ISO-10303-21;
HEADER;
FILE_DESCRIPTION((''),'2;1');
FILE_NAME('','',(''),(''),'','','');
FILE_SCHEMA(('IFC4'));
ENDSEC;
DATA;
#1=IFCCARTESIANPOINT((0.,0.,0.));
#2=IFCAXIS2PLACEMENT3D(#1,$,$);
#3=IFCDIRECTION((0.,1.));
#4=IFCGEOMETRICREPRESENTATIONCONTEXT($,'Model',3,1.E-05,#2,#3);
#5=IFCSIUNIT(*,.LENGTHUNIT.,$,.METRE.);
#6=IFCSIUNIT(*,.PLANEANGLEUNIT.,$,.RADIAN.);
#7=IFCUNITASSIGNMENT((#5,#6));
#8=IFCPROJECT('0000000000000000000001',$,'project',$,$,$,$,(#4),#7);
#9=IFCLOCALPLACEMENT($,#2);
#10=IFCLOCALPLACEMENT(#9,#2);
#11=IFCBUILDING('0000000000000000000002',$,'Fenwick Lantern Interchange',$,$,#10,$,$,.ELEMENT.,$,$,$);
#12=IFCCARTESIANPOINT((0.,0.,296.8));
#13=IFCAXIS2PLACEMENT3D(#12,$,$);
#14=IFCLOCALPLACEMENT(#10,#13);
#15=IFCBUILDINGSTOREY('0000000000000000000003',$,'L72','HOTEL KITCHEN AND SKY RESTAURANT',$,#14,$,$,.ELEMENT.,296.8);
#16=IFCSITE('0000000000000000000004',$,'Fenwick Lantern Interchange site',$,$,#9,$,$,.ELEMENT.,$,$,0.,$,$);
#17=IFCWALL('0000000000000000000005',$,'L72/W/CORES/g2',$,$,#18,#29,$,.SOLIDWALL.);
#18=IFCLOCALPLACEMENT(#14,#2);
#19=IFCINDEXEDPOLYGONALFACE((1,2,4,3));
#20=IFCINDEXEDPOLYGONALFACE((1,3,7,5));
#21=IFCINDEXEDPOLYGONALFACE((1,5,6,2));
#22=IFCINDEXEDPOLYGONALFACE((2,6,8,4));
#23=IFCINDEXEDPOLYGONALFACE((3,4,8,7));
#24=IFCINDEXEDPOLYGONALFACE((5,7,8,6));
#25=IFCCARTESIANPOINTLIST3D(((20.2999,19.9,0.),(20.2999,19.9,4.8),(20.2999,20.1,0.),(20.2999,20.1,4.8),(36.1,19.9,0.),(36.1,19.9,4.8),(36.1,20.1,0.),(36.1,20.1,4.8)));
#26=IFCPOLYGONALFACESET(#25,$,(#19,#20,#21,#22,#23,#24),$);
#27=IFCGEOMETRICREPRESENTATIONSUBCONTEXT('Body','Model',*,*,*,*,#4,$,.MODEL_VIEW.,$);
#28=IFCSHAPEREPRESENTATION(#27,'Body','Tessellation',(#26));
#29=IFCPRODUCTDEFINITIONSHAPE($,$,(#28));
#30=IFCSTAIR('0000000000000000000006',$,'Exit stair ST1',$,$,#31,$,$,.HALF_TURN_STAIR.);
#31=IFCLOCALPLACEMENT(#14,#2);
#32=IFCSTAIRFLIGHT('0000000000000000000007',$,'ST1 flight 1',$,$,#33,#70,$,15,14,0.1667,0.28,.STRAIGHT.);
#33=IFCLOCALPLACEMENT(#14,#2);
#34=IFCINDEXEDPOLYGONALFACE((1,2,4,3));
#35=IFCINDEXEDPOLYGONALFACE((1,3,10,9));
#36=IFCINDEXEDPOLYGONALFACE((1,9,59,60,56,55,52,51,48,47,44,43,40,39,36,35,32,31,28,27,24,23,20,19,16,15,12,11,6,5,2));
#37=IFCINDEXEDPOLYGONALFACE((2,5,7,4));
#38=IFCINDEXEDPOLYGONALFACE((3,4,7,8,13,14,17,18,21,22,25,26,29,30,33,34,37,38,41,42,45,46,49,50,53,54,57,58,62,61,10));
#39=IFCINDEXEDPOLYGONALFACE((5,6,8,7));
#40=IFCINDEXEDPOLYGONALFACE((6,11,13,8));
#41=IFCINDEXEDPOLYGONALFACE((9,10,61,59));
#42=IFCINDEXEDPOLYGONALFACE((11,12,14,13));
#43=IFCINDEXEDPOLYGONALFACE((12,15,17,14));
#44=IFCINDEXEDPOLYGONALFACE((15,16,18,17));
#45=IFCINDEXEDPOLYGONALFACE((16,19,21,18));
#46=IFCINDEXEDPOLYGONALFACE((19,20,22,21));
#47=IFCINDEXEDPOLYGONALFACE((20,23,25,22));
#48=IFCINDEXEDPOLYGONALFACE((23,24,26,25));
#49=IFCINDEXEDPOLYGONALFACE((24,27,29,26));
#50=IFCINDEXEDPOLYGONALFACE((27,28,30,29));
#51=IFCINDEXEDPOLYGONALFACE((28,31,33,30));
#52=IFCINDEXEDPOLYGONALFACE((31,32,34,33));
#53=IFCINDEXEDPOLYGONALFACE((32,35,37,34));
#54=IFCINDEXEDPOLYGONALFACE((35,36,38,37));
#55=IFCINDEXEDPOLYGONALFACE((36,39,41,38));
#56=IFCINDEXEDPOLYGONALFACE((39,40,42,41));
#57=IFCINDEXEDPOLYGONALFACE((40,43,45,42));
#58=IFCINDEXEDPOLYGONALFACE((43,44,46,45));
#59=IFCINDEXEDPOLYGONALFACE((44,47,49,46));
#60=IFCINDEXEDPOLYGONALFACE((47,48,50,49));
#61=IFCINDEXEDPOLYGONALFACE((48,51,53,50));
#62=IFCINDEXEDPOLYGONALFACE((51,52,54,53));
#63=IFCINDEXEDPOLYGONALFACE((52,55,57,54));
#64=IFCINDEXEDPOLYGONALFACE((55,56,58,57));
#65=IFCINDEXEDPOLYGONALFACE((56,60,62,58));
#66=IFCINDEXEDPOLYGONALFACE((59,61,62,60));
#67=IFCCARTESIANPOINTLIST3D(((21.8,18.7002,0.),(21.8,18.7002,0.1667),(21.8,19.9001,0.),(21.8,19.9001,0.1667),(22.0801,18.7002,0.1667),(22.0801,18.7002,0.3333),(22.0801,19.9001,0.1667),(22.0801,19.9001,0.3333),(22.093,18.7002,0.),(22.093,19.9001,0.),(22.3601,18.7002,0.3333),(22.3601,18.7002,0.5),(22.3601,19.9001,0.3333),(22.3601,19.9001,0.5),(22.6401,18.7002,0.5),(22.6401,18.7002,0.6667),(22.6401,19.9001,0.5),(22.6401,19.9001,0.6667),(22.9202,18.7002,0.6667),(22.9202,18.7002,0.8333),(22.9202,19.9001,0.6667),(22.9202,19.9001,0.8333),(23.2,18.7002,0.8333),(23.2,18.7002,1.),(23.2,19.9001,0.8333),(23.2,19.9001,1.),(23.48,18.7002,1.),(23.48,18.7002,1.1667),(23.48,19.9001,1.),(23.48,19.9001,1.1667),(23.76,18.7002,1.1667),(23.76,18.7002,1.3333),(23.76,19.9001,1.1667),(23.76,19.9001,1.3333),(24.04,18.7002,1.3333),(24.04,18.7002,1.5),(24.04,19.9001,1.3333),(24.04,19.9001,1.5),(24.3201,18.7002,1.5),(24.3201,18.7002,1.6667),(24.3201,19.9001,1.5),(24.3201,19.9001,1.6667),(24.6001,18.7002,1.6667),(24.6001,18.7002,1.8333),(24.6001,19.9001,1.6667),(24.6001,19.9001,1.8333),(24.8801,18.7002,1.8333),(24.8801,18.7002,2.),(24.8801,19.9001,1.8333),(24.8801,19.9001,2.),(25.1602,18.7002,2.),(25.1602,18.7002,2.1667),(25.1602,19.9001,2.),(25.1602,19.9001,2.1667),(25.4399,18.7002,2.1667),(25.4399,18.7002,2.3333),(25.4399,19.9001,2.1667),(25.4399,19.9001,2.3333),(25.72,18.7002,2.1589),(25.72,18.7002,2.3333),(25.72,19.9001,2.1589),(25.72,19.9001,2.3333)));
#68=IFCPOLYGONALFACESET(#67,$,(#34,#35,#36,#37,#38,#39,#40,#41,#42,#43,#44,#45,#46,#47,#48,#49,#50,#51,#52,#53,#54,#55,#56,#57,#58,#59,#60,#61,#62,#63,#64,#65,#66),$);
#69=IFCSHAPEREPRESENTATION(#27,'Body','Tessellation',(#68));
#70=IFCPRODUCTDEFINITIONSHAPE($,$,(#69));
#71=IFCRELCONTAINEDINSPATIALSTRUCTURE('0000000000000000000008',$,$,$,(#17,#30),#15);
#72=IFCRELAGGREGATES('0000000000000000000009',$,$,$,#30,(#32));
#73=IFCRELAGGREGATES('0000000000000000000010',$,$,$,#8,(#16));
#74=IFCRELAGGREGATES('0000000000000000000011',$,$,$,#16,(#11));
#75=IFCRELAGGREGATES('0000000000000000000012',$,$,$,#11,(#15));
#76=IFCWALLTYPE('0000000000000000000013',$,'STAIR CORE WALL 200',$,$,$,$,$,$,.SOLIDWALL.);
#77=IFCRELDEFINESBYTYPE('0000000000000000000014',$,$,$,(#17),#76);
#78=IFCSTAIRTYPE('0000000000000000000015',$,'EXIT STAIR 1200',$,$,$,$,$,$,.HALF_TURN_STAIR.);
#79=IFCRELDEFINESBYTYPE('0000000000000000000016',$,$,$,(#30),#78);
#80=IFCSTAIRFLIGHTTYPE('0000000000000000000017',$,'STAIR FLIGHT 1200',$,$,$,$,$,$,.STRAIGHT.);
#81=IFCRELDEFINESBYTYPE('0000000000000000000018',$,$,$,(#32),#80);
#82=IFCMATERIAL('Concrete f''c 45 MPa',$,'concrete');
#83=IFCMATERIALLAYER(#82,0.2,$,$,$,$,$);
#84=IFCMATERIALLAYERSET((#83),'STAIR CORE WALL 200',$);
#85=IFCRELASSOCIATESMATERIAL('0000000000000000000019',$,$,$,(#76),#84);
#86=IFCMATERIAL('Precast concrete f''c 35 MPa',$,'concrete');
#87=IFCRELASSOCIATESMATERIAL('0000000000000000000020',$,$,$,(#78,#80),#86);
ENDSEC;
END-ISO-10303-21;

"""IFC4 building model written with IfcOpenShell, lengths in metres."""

from ifc_helpers import new_model, si_unit, direction, frame, frame_2d, origin, place, context, subcontext, project, spatial, polyline, rectangle, outline, extrude, material, layer, layer_set, type_object, element, aggregate, save


model = new_model("IFC4")

# Units and contexts
model_context = context("Model", 3, precision=1e-05, world=origin(), true_north=direction((0.0, 1.0)))
body_context = subcontext(model_context, "Body", "Model", "MODEL_VIEW")
ifc_project = project(units=[si_unit("LENGTHUNIT", "METRE"), si_unit("PLANEANGLEUNIT", "RADIAN")], contexts=[model_context])

# Site, building, storey
site_placement = place(None, origin())
site = spatial("IfcSite", under=ifc_project, at=site_placement, Name="Fenwick Lantern Interchange site", CompositionType="ELEMENT", RefElevation=0.0)
building_placement = place(site_placement, origin())
building = spatial("IfcBuilding", under=site, at=building_placement, Name="Fenwick Lantern Interchange", CompositionType="ELEMENT")
storey_placement = place(building_placement, frame((0.0, 0.0, 296.8)))
storey = spatial("IfcBuildingStorey", under=building, at=storey_placement, Name="L72", Description="HOTEL KITCHEN AND SKY RESTAURANT", CompositionType="ELEMENT", Elevation=296.8)

# Wall
ifc_material_1 = material(Name="Concrete f'c 45 MPa", Category="concrete")
ifc_layer_1 = layer(ifc_material_1, 0.2)
ifc_layer_set_1 = layer_set([ifc_layer_1], Name="STAIR CORE WALL 200")
wall_type_1 = type_object("IfcWallType", Name="STAIR CORE WALL 200", PredefinedType="SOLIDWALL", material=ifc_layer_set_1)
wall_1_placement = place(storey_placement, frame((20.3, 20.0, 0.0), z_axis=(0.0, 0.0, 1.0), x_axis=(1.0, 0.0, 0.0)))
element("IfcWall", 1, at=wall_1_placement, inside=storey, type_object=wall_type_1, Name="L72/W/CORES/g2", PredefinedType="SOLIDWALL", context=body_context, shape_type="SweptSolid", body=[
    extrude(rectangle(XDim=15.8, YDim=0.2, at=frame_2d((7.8999, 0.0))), origin(), (0.0, 0.0, 1.0), 4.8),
])

# Stair, stair flight
ifc_material_2 = material(Name="Precast concrete f'c 35 MPa", Category="concrete")
stair_type = type_object("IfcStairType", Name="EXIT STAIR 1200", PredefinedType="HALF_TURN_STAIR", material=ifc_material_2)
stair_placement = place(storey_placement, origin())
stair = element("IfcStair", 2, at=stair_placement, inside=storey, type_object=stair_type, Name="Exit stair ST1", PredefinedType="HALF_TURN_STAIR")
stair_flight_type = type_object("IfcStairFlightType", Name="STAIR FLIGHT 1200", PredefinedType="STRAIGHT", material=ifc_material_2)
stair_flight_placement = place(storey_placement, frame((21.8, 19.3, 0.0), z_axis=(0.0, 0.0, 1.0), x_axis=(1.0, 0.0, 0.0)))
stair_flight = element("IfcStairFlight", 3, at=stair_flight_placement, type_object=stair_flight_type, Name="ST1 flight 1", NumberOfRisers=15, NumberOfTreads=14, PredefinedType="STRAIGHT", RiserHeight=0.1667, TreadLength=0.28, context=body_context, shape_type="SweptSolid", body=[
    extrude(outline(polyline([(0.0, 0.0), (0.0, 0.1667), (0.28, 0.1667), (0.28, 0.3333), (0.5601, 0.3333), (0.5601, 0.5), (0.8401, 0.5), (0.8401, 0.6667), (1.1201, 0.6667), (1.1201, 0.8333), (1.3999, 0.8333), (1.3999, 1.0), (1.6799, 1.0), (1.6799, 1.1667), (1.96, 1.1667), (1.96, 1.3333), (2.24, 1.3333), (2.24, 1.5), (2.52, 1.5), (2.52, 1.6667), (2.8, 1.6667), (2.8, 1.8333), (3.0801, 1.8333), (3.0801, 2.0), (3.3601, 2.0), (3.3601, 2.1667), (3.6399, 2.1667), (3.6399, 2.3333), (3.9199, 2.3333), (3.9199, 2.5), (3.9199, 2.1589), (0.293, 0.0), (0.0, 0.0)])), frame((0.0, 0.6001, 0.0), z_axis=(0.0, -1.0, 0.0), x_axis=(1.0, 0.0, 0.0)), (0.0, 0.0, 1.0), 1.2),
])
aggregate(stair, [stair_flight])

save(model, "model.ifc")
